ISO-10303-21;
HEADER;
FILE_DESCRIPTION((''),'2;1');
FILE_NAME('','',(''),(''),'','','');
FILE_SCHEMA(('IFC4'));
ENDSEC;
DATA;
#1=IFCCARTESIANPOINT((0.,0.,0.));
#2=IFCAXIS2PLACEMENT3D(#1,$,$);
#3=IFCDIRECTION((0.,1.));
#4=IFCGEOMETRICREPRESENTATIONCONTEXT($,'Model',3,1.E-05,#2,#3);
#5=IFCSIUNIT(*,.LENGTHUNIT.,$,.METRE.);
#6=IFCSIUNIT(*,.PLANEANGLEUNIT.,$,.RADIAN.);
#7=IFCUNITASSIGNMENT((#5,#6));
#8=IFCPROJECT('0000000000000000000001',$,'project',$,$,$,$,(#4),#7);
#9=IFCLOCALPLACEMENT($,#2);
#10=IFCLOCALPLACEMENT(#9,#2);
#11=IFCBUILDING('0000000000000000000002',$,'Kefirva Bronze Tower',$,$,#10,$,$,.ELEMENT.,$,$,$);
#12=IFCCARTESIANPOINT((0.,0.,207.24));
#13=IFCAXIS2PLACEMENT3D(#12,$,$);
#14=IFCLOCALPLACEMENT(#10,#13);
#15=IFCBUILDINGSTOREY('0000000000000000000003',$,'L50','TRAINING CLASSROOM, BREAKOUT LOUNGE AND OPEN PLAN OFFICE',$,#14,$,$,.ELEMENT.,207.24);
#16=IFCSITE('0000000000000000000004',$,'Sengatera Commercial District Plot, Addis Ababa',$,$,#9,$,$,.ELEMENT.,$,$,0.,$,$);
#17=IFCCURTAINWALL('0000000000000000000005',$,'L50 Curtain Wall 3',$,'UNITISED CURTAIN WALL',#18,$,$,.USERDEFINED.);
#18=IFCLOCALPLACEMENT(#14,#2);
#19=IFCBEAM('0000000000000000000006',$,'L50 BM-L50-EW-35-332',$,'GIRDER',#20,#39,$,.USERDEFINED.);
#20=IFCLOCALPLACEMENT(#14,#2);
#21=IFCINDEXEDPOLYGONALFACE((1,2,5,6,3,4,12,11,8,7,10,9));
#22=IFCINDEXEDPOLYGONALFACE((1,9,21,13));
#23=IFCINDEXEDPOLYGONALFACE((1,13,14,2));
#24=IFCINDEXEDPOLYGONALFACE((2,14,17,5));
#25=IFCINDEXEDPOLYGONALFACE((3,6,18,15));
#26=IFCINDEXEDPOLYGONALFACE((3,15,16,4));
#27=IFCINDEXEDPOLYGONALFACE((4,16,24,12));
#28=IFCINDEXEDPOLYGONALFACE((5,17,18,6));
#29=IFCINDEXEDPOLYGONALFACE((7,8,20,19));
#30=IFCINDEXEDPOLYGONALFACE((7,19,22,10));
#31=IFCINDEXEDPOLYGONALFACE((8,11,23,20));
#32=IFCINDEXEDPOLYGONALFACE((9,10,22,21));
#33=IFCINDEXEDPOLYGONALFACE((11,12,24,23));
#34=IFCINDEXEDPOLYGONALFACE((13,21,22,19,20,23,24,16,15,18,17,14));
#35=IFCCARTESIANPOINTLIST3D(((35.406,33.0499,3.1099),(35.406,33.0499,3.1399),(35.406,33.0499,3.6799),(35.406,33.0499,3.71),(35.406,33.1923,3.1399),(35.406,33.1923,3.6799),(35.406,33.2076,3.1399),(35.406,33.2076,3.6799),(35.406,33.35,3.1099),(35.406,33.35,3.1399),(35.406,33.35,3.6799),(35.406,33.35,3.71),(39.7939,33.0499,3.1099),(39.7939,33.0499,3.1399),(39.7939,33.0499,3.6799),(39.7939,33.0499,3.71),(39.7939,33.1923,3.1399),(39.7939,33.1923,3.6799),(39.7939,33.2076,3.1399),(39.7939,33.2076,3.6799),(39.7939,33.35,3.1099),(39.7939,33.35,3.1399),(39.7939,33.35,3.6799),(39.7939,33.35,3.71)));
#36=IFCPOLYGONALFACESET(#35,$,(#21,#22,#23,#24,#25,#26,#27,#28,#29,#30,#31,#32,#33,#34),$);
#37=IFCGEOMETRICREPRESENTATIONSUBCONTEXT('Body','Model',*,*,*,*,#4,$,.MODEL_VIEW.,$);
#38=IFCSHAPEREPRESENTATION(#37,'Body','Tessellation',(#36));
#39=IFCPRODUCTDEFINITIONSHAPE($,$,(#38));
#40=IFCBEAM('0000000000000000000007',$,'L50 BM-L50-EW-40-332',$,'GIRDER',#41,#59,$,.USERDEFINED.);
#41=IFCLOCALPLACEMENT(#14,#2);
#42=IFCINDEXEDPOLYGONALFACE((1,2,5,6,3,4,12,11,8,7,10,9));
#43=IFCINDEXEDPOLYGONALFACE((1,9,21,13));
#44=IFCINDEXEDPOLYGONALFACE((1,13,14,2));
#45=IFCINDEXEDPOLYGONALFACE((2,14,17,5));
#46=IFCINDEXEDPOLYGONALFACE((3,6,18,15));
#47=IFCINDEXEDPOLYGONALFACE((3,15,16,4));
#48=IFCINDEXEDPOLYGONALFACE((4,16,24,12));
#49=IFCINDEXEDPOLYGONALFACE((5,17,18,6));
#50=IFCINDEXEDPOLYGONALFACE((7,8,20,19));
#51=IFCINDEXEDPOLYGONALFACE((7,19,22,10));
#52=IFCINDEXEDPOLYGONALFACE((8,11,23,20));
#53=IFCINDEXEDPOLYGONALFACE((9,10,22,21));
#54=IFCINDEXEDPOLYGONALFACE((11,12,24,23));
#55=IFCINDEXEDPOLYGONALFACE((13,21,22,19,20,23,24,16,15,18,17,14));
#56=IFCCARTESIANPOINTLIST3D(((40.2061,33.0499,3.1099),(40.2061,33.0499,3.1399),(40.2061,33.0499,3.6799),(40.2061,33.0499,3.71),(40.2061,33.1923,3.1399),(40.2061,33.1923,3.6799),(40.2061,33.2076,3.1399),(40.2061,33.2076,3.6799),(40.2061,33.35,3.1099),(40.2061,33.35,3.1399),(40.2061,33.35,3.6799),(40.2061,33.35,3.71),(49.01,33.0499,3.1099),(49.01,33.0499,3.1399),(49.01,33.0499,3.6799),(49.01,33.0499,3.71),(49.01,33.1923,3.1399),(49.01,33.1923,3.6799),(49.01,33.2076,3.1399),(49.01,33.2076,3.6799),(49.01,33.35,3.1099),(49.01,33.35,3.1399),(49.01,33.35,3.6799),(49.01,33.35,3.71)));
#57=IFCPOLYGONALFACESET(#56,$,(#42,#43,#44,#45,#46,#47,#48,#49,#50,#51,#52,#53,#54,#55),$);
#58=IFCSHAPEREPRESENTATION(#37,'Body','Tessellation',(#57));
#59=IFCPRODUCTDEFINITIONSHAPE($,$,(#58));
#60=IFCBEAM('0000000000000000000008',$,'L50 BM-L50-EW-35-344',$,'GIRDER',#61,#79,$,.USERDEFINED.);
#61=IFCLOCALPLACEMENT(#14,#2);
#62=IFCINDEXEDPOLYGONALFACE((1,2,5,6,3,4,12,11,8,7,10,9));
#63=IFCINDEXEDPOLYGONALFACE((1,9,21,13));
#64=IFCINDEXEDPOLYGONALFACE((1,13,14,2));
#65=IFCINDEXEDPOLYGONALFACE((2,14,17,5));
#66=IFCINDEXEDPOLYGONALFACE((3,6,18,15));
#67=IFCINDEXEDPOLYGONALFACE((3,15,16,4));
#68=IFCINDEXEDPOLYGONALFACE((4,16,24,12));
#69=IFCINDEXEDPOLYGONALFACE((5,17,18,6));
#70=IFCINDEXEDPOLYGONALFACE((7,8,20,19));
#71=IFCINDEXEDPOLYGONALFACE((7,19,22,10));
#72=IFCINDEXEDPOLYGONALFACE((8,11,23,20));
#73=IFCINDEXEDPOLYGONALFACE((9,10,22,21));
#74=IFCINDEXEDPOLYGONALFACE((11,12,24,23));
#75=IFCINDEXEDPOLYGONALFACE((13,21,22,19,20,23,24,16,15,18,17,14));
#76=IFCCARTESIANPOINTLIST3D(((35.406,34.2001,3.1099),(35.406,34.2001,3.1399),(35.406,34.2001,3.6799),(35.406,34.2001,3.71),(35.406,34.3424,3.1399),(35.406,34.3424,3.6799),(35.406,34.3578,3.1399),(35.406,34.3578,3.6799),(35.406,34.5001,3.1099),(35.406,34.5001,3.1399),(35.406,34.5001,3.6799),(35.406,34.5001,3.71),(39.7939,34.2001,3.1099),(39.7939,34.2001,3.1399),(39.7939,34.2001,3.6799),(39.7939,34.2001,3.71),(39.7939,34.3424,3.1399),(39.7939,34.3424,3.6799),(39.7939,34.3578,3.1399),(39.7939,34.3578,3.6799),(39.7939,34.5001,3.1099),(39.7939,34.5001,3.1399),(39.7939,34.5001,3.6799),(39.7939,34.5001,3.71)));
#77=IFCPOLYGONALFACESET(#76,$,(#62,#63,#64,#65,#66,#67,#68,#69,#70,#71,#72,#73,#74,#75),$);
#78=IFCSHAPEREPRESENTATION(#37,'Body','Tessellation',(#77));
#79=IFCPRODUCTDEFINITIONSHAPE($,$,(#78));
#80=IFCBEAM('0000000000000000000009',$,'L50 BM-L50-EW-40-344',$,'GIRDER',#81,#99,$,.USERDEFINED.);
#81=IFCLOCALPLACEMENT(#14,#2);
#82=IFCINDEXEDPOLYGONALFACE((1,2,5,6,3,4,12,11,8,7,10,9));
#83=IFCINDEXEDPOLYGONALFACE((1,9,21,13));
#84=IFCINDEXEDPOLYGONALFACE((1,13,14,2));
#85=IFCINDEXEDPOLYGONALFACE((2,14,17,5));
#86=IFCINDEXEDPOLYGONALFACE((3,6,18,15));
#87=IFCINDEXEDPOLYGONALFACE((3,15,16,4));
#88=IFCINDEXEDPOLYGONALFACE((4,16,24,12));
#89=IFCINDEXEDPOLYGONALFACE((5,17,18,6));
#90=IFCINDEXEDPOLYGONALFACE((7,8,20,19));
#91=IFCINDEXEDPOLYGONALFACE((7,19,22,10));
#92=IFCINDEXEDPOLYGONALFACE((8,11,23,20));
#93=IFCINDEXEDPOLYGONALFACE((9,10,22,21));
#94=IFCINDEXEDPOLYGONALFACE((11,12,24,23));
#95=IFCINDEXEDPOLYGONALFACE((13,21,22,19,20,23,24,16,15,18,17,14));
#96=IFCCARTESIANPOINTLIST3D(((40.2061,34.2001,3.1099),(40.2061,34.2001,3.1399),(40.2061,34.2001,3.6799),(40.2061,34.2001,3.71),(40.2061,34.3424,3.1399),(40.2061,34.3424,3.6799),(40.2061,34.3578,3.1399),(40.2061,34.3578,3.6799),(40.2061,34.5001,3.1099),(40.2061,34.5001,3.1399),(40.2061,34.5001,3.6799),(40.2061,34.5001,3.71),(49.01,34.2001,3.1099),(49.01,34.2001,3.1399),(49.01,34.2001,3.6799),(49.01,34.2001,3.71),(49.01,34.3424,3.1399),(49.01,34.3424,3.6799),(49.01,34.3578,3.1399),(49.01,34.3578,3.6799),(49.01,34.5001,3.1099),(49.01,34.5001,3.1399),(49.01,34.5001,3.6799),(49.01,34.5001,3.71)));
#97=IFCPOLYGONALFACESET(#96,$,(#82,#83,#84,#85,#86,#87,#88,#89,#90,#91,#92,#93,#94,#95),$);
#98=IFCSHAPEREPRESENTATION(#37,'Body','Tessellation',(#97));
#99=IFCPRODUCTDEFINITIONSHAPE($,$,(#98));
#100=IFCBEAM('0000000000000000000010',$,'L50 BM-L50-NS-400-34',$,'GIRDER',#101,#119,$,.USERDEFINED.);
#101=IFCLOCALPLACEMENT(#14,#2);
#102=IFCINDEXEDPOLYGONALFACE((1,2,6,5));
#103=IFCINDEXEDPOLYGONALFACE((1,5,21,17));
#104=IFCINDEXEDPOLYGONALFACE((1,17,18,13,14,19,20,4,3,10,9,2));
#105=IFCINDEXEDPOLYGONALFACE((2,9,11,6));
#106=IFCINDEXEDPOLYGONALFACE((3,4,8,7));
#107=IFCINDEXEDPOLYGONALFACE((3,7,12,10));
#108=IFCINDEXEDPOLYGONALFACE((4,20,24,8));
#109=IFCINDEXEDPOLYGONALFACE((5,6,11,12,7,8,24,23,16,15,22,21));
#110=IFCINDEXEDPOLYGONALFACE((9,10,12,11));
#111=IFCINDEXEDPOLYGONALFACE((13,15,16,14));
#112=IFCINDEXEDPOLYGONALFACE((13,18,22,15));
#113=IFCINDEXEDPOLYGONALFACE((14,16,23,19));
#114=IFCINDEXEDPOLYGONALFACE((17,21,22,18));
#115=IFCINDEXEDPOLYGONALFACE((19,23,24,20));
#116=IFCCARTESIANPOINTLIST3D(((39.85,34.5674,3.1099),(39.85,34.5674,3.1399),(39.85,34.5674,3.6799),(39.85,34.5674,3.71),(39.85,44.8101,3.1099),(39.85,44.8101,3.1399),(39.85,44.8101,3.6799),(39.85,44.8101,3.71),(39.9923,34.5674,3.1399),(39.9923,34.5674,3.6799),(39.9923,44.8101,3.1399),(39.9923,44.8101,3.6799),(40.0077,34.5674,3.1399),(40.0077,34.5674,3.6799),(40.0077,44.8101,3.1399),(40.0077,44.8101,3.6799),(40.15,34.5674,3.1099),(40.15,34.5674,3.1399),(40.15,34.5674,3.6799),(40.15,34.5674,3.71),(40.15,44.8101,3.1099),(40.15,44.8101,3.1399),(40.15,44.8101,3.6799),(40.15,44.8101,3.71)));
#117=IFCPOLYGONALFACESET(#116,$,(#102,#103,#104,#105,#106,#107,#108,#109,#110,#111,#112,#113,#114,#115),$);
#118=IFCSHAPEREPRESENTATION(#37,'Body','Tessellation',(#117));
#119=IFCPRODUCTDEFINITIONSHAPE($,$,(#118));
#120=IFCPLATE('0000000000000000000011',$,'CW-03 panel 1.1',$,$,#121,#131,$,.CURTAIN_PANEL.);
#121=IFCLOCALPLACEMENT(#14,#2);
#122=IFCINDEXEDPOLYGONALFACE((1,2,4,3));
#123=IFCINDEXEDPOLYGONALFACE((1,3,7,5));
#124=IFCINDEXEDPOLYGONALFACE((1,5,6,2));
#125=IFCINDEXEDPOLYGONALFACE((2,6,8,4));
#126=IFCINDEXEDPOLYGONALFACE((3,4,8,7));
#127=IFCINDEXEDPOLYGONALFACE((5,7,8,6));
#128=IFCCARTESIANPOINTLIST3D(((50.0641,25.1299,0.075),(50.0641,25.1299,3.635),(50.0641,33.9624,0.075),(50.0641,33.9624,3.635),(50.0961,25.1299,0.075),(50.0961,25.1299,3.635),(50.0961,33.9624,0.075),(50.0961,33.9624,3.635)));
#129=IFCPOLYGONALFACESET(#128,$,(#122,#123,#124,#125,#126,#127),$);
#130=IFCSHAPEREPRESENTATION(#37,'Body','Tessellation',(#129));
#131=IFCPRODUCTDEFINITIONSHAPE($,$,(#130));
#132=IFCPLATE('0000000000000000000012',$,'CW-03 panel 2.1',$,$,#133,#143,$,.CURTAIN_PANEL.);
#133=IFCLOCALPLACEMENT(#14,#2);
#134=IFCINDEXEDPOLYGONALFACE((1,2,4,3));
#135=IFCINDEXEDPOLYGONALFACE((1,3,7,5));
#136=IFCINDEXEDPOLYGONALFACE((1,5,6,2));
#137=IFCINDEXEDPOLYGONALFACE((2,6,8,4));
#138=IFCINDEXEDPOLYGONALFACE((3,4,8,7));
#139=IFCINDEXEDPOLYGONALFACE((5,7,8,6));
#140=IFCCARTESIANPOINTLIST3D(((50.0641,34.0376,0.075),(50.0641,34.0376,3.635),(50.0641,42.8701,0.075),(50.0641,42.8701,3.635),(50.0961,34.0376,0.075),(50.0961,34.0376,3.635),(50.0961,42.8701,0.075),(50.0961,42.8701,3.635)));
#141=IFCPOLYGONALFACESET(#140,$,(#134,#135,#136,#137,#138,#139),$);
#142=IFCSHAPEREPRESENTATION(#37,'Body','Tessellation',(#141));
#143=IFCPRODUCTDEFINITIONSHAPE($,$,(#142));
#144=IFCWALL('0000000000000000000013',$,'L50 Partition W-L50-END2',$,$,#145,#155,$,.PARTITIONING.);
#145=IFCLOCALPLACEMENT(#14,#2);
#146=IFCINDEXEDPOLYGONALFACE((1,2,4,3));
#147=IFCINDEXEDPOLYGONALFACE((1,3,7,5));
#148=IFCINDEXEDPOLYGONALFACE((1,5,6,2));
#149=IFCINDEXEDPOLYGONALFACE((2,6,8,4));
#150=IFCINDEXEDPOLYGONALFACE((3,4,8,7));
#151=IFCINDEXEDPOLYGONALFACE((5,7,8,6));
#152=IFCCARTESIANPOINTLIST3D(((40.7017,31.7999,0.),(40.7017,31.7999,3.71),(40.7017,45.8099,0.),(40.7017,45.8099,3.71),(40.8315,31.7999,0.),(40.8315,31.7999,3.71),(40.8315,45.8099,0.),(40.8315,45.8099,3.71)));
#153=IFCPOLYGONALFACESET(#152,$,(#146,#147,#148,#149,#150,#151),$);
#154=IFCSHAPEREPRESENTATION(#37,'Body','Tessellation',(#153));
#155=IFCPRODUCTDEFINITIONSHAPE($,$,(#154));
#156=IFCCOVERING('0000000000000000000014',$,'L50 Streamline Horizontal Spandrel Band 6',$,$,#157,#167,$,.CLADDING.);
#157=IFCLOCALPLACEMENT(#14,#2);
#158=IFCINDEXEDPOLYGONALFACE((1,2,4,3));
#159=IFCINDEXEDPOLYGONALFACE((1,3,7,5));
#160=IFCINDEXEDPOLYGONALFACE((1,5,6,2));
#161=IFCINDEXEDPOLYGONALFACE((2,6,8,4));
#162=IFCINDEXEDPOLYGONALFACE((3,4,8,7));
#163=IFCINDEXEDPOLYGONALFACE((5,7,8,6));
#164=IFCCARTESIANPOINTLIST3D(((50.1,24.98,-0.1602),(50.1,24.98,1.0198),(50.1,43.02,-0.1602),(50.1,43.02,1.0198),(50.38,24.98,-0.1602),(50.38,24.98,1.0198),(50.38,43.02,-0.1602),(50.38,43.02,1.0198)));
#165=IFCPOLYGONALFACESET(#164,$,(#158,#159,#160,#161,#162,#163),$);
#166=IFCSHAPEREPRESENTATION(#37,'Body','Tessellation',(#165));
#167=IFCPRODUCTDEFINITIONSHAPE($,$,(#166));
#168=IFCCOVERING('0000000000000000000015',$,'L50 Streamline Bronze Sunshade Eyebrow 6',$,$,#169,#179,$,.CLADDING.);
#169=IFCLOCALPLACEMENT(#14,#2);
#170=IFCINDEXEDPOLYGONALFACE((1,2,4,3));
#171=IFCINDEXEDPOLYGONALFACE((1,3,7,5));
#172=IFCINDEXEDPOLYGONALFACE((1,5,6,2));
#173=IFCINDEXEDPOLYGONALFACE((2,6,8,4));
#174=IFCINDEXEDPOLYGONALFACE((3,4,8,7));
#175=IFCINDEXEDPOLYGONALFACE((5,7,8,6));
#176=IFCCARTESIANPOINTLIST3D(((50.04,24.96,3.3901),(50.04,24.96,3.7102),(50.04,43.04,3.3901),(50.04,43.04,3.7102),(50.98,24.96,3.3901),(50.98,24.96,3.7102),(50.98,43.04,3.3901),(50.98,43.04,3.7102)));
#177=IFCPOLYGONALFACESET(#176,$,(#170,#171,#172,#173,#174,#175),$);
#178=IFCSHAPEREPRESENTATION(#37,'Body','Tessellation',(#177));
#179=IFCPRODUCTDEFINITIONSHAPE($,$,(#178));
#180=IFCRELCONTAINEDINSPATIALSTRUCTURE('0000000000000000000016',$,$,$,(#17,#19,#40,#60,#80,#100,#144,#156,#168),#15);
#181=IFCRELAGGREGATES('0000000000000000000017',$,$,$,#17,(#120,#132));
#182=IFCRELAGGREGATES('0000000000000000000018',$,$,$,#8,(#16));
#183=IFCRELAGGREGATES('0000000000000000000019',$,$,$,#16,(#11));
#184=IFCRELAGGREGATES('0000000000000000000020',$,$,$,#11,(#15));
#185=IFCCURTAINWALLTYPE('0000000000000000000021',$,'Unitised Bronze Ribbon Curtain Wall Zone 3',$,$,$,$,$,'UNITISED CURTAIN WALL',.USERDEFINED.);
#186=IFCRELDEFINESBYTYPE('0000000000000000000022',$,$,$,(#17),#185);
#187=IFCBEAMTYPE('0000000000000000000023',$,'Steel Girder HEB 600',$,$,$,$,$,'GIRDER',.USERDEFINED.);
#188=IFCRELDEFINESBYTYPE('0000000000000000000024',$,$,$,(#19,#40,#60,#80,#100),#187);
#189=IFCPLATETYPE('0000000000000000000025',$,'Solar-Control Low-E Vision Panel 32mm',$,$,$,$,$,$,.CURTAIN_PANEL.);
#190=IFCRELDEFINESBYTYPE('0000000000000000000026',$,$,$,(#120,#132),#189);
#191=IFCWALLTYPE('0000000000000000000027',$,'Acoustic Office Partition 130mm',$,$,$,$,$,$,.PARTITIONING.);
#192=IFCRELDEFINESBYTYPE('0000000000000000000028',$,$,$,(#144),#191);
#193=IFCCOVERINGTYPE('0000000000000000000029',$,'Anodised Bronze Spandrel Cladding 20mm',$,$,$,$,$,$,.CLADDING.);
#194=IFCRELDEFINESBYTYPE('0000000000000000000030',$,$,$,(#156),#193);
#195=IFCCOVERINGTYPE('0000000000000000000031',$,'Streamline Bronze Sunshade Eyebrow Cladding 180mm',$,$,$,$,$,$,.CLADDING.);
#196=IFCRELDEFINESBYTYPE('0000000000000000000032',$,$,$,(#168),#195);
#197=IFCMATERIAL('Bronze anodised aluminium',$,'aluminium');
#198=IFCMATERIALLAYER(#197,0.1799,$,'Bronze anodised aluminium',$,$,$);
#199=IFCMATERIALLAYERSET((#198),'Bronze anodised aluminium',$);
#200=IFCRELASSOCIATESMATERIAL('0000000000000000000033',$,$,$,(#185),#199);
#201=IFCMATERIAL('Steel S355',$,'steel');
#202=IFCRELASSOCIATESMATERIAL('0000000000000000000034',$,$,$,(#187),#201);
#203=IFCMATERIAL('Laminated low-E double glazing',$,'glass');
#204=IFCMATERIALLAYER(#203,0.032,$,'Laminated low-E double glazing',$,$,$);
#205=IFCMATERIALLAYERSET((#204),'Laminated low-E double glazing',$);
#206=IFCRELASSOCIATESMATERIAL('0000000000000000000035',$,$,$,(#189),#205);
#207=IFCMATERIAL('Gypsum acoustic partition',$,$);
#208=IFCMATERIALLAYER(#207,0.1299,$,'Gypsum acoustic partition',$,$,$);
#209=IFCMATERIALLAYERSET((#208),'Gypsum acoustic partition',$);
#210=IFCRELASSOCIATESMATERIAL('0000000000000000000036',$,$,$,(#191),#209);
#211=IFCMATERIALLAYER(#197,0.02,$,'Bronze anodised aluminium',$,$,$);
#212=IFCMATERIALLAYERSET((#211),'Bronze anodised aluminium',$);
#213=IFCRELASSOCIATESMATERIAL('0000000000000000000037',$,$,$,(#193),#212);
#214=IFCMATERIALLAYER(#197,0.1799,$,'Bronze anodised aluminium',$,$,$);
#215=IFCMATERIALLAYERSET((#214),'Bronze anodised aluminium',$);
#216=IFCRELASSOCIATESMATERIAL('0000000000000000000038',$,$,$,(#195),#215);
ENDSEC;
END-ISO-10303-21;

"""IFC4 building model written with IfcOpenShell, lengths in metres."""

from ifc_helpers import new_model, si_unit, direction, frame, frame_2d, origin, origin_2d, place, context, subcontext, project, spatial, rectangle, i_section, extrude, material, layer, layer_set, material_profile, profile_set, type_object, element, aggregate, save


model = new_model("IFC4")

# Units and contexts
model_context = context("Model", 3, precision=1e-05, world=origin(), true_north=direction((0.0, 1.0)))
body_context = subcontext(model_context, "Body", "Model", "MODEL_VIEW")
ifc_project = project(units=[si_unit("LENGTHUNIT", "METRE"), si_unit("PLANEANGLEUNIT", "RADIAN")], contexts=[model_context])

# Site, building, storey
site_placement = place(None, origin())
site = spatial("IfcSite", under=ifc_project, at=site_placement, Name="Sengatera Commercial District Plot, Addis Ababa", CompositionType="ELEMENT", RefElevation=0.0)
building_placement = place(site_placement, origin())
building = spatial("IfcBuilding", under=site, at=building_placement, Name="Kefirva Bronze Tower", CompositionType="ELEMENT")
storey_placement = place(building_placement, frame((0.0, 0.0, 207.24)))
storey = spatial("IfcBuildingStorey", under=building, at=storey_placement, Name="L50", Description="TRAINING CLASSROOM, BREAKOUT LOUNGE AND OPEN PLAN OFFICE", CompositionType="ELEMENT", Elevation=207.24)

# Curtain wall
ifc_material_1 = material(Name="Bronze anodised aluminium", Category="aluminium")
ifc_layer_1 = layer(ifc_material_1, 0.1799, Name="Bronze anodised aluminium")
ifc_layer_set_1 = layer_set([ifc_layer_1], Name="Bronze anodised aluminium")
curtain_wall_type = type_object("IfcCurtainWallType", Name="Unitised Bronze Ribbon Curtain Wall Zone 3", ElementType="UNITISED CURTAIN WALL", PredefinedType="USERDEFINED", material=ifc_layer_set_1)
curtain_wall_placement = place(storey_placement, origin())
curtain_wall = element("IfcCurtainWall", 1, at=curtain_wall_placement, inside=storey, type_object=curtain_wall_type, Name="L50 Curtain Wall 3", ObjectType="UNITISED CURTAIN WALL", PredefinedType="USERDEFINED")

# Beams
ifc_material_2 = material(Name="Steel S355", Category="steel")
ifc_material_profile_1 = material_profile(ifc_material_2, i_section(OverallWidth=0.3, OverallDepth=0.6001, WebThickness=0.0154, FlangeThickness=0.03, at=origin_2d()), Name="HEB 600")
ifc_profile_set_1 = profile_set([ifc_material_profile_1], Name="Steel S355")
beam_type_1 = type_object("IfcBeamType", Name="Steel Girder HEB 600", ElementType="GIRDER", PredefinedType="USERDEFINED", material=ifc_profile_set_1)
beam_1_placement = place(storey_placement, frame((35.406, 33.2, 3.4099), z_axis=(1.0, 0.0, 0.0), x_axis=(0.0, 1.0, 0.0)))
element("IfcBeam", 2, at=beam_1_placement, inside=storey, type_object=beam_type_1, Name="L50 BM-L50-EW-35-332", ObjectType="GIRDER", PredefinedType="USERDEFINED", context=body_context, shape_type="SweptSolid", body=[
    extrude(i_section(OverallWidth=0.3, OverallDepth=0.6001, WebThickness=0.0154, FlangeThickness=0.03, at=origin_2d()), origin(), (0.0, 0.0, 1.0), 4.3879),
])
beam_2_placement = place(storey_placement, frame((40.2061, 33.2, 3.4099), z_axis=(1.0, 0.0, 0.0), x_axis=(0.0, 1.0, 0.0)))
element("IfcBeam", 3, at=beam_2_placement, inside=storey, type_object=beam_type_1, Name="L50 BM-L50-EW-40-332", ObjectType="GIRDER", PredefinedType="USERDEFINED", context=body_context, shape_type="SweptSolid", body=[
    extrude(i_section(OverallWidth=0.3, OverallDepth=0.6001, WebThickness=0.0154, FlangeThickness=0.03, at=origin_2d()), origin(), (0.0, 0.0, 1.0), 8.804),
])
beam_3_placement = place(storey_placement, frame((35.406, 34.3501, 3.4099), z_axis=(1.0, 0.0, 0.0), x_axis=(0.0, 1.0, 0.0)))
element("IfcBeam", 4, at=beam_3_placement, inside=storey, type_object=beam_type_1, Name="L50 BM-L50-EW-35-344", ObjectType="GIRDER", PredefinedType="USERDEFINED", context=body_context, shape_type="SweptSolid", body=[
    extrude(i_section(OverallWidth=0.3, OverallDepth=0.6001, WebThickness=0.0154, FlangeThickness=0.03, at=origin_2d()), origin(), (0.0, 0.0, 1.0), 4.3879),
])
beam_4_placement = place(storey_placement, frame((40.2061, 34.3501, 3.4099), z_axis=(1.0, 0.0, 0.0), x_axis=(0.0, 1.0, 0.0)))
element("IfcBeam", 5, at=beam_4_placement, inside=storey, type_object=beam_type_1, Name="L50 BM-L50-EW-40-344", ObjectType="GIRDER", PredefinedType="USERDEFINED", context=body_context, shape_type="SweptSolid", body=[
    extrude(i_section(OverallWidth=0.3, OverallDepth=0.6001, WebThickness=0.0154, FlangeThickness=0.03, at=origin_2d()), origin(), (0.0, 0.0, 1.0), 8.804),
])
beam_5_placement = place(storey_placement, frame((40.0, 34.5674, 3.4099), z_axis=(0.0, 1.0, 0.0), x_axis=(-1.0, 0.0, 0.0)))
element("IfcBeam", 6, at=beam_5_placement, inside=storey, type_object=beam_type_1, Name="L50 BM-L50-NS-400-34", ObjectType="GIRDER", PredefinedType="USERDEFINED", context=body_context, shape_type="SweptSolid", body=[
    extrude(i_section(OverallWidth=0.3, OverallDepth=0.6001, WebThickness=0.0154, FlangeThickness=0.03, at=origin_2d()), origin(), (0.0, 0.0, 1.0), 10.2427),
])

# Plates
ifc_material_3 = material(Name="Laminated low-E double glazing", Category="glass")
ifc_layer_2 = layer(ifc_material_3, 0.032, Name="Laminated low-E double glazing")
ifc_layer_set_2 = layer_set([ifc_layer_2], Name="Laminated low-E double glazing")
plate_type = type_object("IfcPlateType", Name="Solar-Control Low-E Vision Panel 32mm", PredefinedType="CURTAIN_PANEL", material=ifc_layer_set_2)
plate_1_placement = place(storey_placement, frame((50.0801, 29.5461, 0.075), z_axis=(0.0, 0.0, 1.0), x_axis=(0.0, 1.0, 0.0)))
plate_1 = element("IfcPlate", 7, at=plate_1_placement, type_object=plate_type, Name="CW-03 panel 1.1", PredefinedType="CURTAIN_PANEL", context=body_context, shape_type="SweptSolid", body=[
    extrude(rectangle(XDim=8.8325, YDim=0.032, at=origin_2d()), origin(), (0.0, 0.0, 1.0), 3.5601),
])
plate_2_placement = place(storey_placement, frame((50.0801, 38.4539, 0.075), z_axis=(0.0, 0.0, 1.0), x_axis=(0.0, 1.0, 0.0)))
plate_2 = element("IfcPlate", 8, at=plate_2_placement, type_object=plate_type, Name="CW-03 panel 2.1", PredefinedType="CURTAIN_PANEL", context=body_context, shape_type="SweptSolid", body=[
    extrude(rectangle(XDim=8.8325, YDim=0.032, at=origin_2d()), origin(), (0.0, 0.0, 1.0), 3.5601),
])
aggregate(curtain_wall, [plate_1, plate_2])

# Wall
ifc_material_4 = material(Name="Gypsum acoustic partition")
ifc_layer_3 = layer(ifc_material_4, 0.1299, Name="Gypsum acoustic partition")
ifc_layer_set_3 = layer_set([ifc_layer_3], Name="Gypsum acoustic partition")
wall_type = type_object("IfcWallType", Name="Acoustic Office Partition 130mm", PredefinedType="PARTITIONING", material=ifc_layer_set_3)
wall_placement = place(storey_placement, frame((40.7666, 31.8, 0.0), z_axis=(0.0, 0.0, 1.0), x_axis=(0.0, 1.0, 0.0)))
element("IfcWall", 9, at=wall_placement, inside=storey, type_object=wall_type, Name="L50 Partition W-L50-END2", PredefinedType="PARTITIONING", context=body_context, shape_type="SweptSolid", body=[
    extrude(rectangle(XDim=14.01, YDim=0.1299, at=frame_2d((7.0049, 0.0))), origin(), (0.0, 0.0, 1.0), 3.71),
])

# Coverings
ifc_layer_4 = layer(ifc_material_1, 0.02, Name="Bronze anodised aluminium")
ifc_layer_set_4 = layer_set([ifc_layer_4], Name="Bronze anodised aluminium")
covering_type_1 = type_object("IfcCoveringType", Name="Anodised Bronze Spandrel Cladding 20mm", PredefinedType="CLADDING", material=ifc_layer_set_4)
covering_1_placement = place(storey_placement, frame((50.24, 34.0, -0.1602), z_axis=(0.0, 0.0, 1.0), x_axis=(0.0, 1.0, 0.0)))
element("IfcCovering", 10, at=covering_1_placement, inside=storey, type_object=covering_type_1, Name="L50 Streamline Horizontal Spandrel Band 6", PredefinedType="CLADDING", context=body_context, shape_type="SweptSolid", body=[
    extrude(rectangle(XDim=18.04, YDim=0.28, at=origin_2d()), origin(), (0.0, 0.0, 1.0), 1.1799),
])
ifc_layer_5 = layer(ifc_material_1, 0.1799, Name="Bronze anodised aluminium")
ifc_layer_set_5 = layer_set([ifc_layer_5], Name="Bronze anodised aluminium")
covering_type_2 = type_object("IfcCoveringType", Name="Streamline Bronze Sunshade Eyebrow Cladding 180mm", PredefinedType="CLADDING", material=ifc_layer_set_5)
covering_2_placement = place(storey_placement, frame((50.51, 34.0, 3.3901), z_axis=(0.0, 0.0, 1.0), x_axis=(0.0, 1.0, 0.0)))
element("IfcCovering", 11, at=covering_2_placement, inside=storey, type_object=covering_type_2, Name="L50 Streamline Bronze Sunshade Eyebrow 6", PredefinedType="CLADDING", context=body_context, shape_type="SweptSolid", body=[
    extrude(rectangle(XDim=18.0801, YDim=0.9399, at=origin_2d()), origin(), (0.0, 0.0, 1.0), 0.3201),
])

save(model, "model.ifc")
